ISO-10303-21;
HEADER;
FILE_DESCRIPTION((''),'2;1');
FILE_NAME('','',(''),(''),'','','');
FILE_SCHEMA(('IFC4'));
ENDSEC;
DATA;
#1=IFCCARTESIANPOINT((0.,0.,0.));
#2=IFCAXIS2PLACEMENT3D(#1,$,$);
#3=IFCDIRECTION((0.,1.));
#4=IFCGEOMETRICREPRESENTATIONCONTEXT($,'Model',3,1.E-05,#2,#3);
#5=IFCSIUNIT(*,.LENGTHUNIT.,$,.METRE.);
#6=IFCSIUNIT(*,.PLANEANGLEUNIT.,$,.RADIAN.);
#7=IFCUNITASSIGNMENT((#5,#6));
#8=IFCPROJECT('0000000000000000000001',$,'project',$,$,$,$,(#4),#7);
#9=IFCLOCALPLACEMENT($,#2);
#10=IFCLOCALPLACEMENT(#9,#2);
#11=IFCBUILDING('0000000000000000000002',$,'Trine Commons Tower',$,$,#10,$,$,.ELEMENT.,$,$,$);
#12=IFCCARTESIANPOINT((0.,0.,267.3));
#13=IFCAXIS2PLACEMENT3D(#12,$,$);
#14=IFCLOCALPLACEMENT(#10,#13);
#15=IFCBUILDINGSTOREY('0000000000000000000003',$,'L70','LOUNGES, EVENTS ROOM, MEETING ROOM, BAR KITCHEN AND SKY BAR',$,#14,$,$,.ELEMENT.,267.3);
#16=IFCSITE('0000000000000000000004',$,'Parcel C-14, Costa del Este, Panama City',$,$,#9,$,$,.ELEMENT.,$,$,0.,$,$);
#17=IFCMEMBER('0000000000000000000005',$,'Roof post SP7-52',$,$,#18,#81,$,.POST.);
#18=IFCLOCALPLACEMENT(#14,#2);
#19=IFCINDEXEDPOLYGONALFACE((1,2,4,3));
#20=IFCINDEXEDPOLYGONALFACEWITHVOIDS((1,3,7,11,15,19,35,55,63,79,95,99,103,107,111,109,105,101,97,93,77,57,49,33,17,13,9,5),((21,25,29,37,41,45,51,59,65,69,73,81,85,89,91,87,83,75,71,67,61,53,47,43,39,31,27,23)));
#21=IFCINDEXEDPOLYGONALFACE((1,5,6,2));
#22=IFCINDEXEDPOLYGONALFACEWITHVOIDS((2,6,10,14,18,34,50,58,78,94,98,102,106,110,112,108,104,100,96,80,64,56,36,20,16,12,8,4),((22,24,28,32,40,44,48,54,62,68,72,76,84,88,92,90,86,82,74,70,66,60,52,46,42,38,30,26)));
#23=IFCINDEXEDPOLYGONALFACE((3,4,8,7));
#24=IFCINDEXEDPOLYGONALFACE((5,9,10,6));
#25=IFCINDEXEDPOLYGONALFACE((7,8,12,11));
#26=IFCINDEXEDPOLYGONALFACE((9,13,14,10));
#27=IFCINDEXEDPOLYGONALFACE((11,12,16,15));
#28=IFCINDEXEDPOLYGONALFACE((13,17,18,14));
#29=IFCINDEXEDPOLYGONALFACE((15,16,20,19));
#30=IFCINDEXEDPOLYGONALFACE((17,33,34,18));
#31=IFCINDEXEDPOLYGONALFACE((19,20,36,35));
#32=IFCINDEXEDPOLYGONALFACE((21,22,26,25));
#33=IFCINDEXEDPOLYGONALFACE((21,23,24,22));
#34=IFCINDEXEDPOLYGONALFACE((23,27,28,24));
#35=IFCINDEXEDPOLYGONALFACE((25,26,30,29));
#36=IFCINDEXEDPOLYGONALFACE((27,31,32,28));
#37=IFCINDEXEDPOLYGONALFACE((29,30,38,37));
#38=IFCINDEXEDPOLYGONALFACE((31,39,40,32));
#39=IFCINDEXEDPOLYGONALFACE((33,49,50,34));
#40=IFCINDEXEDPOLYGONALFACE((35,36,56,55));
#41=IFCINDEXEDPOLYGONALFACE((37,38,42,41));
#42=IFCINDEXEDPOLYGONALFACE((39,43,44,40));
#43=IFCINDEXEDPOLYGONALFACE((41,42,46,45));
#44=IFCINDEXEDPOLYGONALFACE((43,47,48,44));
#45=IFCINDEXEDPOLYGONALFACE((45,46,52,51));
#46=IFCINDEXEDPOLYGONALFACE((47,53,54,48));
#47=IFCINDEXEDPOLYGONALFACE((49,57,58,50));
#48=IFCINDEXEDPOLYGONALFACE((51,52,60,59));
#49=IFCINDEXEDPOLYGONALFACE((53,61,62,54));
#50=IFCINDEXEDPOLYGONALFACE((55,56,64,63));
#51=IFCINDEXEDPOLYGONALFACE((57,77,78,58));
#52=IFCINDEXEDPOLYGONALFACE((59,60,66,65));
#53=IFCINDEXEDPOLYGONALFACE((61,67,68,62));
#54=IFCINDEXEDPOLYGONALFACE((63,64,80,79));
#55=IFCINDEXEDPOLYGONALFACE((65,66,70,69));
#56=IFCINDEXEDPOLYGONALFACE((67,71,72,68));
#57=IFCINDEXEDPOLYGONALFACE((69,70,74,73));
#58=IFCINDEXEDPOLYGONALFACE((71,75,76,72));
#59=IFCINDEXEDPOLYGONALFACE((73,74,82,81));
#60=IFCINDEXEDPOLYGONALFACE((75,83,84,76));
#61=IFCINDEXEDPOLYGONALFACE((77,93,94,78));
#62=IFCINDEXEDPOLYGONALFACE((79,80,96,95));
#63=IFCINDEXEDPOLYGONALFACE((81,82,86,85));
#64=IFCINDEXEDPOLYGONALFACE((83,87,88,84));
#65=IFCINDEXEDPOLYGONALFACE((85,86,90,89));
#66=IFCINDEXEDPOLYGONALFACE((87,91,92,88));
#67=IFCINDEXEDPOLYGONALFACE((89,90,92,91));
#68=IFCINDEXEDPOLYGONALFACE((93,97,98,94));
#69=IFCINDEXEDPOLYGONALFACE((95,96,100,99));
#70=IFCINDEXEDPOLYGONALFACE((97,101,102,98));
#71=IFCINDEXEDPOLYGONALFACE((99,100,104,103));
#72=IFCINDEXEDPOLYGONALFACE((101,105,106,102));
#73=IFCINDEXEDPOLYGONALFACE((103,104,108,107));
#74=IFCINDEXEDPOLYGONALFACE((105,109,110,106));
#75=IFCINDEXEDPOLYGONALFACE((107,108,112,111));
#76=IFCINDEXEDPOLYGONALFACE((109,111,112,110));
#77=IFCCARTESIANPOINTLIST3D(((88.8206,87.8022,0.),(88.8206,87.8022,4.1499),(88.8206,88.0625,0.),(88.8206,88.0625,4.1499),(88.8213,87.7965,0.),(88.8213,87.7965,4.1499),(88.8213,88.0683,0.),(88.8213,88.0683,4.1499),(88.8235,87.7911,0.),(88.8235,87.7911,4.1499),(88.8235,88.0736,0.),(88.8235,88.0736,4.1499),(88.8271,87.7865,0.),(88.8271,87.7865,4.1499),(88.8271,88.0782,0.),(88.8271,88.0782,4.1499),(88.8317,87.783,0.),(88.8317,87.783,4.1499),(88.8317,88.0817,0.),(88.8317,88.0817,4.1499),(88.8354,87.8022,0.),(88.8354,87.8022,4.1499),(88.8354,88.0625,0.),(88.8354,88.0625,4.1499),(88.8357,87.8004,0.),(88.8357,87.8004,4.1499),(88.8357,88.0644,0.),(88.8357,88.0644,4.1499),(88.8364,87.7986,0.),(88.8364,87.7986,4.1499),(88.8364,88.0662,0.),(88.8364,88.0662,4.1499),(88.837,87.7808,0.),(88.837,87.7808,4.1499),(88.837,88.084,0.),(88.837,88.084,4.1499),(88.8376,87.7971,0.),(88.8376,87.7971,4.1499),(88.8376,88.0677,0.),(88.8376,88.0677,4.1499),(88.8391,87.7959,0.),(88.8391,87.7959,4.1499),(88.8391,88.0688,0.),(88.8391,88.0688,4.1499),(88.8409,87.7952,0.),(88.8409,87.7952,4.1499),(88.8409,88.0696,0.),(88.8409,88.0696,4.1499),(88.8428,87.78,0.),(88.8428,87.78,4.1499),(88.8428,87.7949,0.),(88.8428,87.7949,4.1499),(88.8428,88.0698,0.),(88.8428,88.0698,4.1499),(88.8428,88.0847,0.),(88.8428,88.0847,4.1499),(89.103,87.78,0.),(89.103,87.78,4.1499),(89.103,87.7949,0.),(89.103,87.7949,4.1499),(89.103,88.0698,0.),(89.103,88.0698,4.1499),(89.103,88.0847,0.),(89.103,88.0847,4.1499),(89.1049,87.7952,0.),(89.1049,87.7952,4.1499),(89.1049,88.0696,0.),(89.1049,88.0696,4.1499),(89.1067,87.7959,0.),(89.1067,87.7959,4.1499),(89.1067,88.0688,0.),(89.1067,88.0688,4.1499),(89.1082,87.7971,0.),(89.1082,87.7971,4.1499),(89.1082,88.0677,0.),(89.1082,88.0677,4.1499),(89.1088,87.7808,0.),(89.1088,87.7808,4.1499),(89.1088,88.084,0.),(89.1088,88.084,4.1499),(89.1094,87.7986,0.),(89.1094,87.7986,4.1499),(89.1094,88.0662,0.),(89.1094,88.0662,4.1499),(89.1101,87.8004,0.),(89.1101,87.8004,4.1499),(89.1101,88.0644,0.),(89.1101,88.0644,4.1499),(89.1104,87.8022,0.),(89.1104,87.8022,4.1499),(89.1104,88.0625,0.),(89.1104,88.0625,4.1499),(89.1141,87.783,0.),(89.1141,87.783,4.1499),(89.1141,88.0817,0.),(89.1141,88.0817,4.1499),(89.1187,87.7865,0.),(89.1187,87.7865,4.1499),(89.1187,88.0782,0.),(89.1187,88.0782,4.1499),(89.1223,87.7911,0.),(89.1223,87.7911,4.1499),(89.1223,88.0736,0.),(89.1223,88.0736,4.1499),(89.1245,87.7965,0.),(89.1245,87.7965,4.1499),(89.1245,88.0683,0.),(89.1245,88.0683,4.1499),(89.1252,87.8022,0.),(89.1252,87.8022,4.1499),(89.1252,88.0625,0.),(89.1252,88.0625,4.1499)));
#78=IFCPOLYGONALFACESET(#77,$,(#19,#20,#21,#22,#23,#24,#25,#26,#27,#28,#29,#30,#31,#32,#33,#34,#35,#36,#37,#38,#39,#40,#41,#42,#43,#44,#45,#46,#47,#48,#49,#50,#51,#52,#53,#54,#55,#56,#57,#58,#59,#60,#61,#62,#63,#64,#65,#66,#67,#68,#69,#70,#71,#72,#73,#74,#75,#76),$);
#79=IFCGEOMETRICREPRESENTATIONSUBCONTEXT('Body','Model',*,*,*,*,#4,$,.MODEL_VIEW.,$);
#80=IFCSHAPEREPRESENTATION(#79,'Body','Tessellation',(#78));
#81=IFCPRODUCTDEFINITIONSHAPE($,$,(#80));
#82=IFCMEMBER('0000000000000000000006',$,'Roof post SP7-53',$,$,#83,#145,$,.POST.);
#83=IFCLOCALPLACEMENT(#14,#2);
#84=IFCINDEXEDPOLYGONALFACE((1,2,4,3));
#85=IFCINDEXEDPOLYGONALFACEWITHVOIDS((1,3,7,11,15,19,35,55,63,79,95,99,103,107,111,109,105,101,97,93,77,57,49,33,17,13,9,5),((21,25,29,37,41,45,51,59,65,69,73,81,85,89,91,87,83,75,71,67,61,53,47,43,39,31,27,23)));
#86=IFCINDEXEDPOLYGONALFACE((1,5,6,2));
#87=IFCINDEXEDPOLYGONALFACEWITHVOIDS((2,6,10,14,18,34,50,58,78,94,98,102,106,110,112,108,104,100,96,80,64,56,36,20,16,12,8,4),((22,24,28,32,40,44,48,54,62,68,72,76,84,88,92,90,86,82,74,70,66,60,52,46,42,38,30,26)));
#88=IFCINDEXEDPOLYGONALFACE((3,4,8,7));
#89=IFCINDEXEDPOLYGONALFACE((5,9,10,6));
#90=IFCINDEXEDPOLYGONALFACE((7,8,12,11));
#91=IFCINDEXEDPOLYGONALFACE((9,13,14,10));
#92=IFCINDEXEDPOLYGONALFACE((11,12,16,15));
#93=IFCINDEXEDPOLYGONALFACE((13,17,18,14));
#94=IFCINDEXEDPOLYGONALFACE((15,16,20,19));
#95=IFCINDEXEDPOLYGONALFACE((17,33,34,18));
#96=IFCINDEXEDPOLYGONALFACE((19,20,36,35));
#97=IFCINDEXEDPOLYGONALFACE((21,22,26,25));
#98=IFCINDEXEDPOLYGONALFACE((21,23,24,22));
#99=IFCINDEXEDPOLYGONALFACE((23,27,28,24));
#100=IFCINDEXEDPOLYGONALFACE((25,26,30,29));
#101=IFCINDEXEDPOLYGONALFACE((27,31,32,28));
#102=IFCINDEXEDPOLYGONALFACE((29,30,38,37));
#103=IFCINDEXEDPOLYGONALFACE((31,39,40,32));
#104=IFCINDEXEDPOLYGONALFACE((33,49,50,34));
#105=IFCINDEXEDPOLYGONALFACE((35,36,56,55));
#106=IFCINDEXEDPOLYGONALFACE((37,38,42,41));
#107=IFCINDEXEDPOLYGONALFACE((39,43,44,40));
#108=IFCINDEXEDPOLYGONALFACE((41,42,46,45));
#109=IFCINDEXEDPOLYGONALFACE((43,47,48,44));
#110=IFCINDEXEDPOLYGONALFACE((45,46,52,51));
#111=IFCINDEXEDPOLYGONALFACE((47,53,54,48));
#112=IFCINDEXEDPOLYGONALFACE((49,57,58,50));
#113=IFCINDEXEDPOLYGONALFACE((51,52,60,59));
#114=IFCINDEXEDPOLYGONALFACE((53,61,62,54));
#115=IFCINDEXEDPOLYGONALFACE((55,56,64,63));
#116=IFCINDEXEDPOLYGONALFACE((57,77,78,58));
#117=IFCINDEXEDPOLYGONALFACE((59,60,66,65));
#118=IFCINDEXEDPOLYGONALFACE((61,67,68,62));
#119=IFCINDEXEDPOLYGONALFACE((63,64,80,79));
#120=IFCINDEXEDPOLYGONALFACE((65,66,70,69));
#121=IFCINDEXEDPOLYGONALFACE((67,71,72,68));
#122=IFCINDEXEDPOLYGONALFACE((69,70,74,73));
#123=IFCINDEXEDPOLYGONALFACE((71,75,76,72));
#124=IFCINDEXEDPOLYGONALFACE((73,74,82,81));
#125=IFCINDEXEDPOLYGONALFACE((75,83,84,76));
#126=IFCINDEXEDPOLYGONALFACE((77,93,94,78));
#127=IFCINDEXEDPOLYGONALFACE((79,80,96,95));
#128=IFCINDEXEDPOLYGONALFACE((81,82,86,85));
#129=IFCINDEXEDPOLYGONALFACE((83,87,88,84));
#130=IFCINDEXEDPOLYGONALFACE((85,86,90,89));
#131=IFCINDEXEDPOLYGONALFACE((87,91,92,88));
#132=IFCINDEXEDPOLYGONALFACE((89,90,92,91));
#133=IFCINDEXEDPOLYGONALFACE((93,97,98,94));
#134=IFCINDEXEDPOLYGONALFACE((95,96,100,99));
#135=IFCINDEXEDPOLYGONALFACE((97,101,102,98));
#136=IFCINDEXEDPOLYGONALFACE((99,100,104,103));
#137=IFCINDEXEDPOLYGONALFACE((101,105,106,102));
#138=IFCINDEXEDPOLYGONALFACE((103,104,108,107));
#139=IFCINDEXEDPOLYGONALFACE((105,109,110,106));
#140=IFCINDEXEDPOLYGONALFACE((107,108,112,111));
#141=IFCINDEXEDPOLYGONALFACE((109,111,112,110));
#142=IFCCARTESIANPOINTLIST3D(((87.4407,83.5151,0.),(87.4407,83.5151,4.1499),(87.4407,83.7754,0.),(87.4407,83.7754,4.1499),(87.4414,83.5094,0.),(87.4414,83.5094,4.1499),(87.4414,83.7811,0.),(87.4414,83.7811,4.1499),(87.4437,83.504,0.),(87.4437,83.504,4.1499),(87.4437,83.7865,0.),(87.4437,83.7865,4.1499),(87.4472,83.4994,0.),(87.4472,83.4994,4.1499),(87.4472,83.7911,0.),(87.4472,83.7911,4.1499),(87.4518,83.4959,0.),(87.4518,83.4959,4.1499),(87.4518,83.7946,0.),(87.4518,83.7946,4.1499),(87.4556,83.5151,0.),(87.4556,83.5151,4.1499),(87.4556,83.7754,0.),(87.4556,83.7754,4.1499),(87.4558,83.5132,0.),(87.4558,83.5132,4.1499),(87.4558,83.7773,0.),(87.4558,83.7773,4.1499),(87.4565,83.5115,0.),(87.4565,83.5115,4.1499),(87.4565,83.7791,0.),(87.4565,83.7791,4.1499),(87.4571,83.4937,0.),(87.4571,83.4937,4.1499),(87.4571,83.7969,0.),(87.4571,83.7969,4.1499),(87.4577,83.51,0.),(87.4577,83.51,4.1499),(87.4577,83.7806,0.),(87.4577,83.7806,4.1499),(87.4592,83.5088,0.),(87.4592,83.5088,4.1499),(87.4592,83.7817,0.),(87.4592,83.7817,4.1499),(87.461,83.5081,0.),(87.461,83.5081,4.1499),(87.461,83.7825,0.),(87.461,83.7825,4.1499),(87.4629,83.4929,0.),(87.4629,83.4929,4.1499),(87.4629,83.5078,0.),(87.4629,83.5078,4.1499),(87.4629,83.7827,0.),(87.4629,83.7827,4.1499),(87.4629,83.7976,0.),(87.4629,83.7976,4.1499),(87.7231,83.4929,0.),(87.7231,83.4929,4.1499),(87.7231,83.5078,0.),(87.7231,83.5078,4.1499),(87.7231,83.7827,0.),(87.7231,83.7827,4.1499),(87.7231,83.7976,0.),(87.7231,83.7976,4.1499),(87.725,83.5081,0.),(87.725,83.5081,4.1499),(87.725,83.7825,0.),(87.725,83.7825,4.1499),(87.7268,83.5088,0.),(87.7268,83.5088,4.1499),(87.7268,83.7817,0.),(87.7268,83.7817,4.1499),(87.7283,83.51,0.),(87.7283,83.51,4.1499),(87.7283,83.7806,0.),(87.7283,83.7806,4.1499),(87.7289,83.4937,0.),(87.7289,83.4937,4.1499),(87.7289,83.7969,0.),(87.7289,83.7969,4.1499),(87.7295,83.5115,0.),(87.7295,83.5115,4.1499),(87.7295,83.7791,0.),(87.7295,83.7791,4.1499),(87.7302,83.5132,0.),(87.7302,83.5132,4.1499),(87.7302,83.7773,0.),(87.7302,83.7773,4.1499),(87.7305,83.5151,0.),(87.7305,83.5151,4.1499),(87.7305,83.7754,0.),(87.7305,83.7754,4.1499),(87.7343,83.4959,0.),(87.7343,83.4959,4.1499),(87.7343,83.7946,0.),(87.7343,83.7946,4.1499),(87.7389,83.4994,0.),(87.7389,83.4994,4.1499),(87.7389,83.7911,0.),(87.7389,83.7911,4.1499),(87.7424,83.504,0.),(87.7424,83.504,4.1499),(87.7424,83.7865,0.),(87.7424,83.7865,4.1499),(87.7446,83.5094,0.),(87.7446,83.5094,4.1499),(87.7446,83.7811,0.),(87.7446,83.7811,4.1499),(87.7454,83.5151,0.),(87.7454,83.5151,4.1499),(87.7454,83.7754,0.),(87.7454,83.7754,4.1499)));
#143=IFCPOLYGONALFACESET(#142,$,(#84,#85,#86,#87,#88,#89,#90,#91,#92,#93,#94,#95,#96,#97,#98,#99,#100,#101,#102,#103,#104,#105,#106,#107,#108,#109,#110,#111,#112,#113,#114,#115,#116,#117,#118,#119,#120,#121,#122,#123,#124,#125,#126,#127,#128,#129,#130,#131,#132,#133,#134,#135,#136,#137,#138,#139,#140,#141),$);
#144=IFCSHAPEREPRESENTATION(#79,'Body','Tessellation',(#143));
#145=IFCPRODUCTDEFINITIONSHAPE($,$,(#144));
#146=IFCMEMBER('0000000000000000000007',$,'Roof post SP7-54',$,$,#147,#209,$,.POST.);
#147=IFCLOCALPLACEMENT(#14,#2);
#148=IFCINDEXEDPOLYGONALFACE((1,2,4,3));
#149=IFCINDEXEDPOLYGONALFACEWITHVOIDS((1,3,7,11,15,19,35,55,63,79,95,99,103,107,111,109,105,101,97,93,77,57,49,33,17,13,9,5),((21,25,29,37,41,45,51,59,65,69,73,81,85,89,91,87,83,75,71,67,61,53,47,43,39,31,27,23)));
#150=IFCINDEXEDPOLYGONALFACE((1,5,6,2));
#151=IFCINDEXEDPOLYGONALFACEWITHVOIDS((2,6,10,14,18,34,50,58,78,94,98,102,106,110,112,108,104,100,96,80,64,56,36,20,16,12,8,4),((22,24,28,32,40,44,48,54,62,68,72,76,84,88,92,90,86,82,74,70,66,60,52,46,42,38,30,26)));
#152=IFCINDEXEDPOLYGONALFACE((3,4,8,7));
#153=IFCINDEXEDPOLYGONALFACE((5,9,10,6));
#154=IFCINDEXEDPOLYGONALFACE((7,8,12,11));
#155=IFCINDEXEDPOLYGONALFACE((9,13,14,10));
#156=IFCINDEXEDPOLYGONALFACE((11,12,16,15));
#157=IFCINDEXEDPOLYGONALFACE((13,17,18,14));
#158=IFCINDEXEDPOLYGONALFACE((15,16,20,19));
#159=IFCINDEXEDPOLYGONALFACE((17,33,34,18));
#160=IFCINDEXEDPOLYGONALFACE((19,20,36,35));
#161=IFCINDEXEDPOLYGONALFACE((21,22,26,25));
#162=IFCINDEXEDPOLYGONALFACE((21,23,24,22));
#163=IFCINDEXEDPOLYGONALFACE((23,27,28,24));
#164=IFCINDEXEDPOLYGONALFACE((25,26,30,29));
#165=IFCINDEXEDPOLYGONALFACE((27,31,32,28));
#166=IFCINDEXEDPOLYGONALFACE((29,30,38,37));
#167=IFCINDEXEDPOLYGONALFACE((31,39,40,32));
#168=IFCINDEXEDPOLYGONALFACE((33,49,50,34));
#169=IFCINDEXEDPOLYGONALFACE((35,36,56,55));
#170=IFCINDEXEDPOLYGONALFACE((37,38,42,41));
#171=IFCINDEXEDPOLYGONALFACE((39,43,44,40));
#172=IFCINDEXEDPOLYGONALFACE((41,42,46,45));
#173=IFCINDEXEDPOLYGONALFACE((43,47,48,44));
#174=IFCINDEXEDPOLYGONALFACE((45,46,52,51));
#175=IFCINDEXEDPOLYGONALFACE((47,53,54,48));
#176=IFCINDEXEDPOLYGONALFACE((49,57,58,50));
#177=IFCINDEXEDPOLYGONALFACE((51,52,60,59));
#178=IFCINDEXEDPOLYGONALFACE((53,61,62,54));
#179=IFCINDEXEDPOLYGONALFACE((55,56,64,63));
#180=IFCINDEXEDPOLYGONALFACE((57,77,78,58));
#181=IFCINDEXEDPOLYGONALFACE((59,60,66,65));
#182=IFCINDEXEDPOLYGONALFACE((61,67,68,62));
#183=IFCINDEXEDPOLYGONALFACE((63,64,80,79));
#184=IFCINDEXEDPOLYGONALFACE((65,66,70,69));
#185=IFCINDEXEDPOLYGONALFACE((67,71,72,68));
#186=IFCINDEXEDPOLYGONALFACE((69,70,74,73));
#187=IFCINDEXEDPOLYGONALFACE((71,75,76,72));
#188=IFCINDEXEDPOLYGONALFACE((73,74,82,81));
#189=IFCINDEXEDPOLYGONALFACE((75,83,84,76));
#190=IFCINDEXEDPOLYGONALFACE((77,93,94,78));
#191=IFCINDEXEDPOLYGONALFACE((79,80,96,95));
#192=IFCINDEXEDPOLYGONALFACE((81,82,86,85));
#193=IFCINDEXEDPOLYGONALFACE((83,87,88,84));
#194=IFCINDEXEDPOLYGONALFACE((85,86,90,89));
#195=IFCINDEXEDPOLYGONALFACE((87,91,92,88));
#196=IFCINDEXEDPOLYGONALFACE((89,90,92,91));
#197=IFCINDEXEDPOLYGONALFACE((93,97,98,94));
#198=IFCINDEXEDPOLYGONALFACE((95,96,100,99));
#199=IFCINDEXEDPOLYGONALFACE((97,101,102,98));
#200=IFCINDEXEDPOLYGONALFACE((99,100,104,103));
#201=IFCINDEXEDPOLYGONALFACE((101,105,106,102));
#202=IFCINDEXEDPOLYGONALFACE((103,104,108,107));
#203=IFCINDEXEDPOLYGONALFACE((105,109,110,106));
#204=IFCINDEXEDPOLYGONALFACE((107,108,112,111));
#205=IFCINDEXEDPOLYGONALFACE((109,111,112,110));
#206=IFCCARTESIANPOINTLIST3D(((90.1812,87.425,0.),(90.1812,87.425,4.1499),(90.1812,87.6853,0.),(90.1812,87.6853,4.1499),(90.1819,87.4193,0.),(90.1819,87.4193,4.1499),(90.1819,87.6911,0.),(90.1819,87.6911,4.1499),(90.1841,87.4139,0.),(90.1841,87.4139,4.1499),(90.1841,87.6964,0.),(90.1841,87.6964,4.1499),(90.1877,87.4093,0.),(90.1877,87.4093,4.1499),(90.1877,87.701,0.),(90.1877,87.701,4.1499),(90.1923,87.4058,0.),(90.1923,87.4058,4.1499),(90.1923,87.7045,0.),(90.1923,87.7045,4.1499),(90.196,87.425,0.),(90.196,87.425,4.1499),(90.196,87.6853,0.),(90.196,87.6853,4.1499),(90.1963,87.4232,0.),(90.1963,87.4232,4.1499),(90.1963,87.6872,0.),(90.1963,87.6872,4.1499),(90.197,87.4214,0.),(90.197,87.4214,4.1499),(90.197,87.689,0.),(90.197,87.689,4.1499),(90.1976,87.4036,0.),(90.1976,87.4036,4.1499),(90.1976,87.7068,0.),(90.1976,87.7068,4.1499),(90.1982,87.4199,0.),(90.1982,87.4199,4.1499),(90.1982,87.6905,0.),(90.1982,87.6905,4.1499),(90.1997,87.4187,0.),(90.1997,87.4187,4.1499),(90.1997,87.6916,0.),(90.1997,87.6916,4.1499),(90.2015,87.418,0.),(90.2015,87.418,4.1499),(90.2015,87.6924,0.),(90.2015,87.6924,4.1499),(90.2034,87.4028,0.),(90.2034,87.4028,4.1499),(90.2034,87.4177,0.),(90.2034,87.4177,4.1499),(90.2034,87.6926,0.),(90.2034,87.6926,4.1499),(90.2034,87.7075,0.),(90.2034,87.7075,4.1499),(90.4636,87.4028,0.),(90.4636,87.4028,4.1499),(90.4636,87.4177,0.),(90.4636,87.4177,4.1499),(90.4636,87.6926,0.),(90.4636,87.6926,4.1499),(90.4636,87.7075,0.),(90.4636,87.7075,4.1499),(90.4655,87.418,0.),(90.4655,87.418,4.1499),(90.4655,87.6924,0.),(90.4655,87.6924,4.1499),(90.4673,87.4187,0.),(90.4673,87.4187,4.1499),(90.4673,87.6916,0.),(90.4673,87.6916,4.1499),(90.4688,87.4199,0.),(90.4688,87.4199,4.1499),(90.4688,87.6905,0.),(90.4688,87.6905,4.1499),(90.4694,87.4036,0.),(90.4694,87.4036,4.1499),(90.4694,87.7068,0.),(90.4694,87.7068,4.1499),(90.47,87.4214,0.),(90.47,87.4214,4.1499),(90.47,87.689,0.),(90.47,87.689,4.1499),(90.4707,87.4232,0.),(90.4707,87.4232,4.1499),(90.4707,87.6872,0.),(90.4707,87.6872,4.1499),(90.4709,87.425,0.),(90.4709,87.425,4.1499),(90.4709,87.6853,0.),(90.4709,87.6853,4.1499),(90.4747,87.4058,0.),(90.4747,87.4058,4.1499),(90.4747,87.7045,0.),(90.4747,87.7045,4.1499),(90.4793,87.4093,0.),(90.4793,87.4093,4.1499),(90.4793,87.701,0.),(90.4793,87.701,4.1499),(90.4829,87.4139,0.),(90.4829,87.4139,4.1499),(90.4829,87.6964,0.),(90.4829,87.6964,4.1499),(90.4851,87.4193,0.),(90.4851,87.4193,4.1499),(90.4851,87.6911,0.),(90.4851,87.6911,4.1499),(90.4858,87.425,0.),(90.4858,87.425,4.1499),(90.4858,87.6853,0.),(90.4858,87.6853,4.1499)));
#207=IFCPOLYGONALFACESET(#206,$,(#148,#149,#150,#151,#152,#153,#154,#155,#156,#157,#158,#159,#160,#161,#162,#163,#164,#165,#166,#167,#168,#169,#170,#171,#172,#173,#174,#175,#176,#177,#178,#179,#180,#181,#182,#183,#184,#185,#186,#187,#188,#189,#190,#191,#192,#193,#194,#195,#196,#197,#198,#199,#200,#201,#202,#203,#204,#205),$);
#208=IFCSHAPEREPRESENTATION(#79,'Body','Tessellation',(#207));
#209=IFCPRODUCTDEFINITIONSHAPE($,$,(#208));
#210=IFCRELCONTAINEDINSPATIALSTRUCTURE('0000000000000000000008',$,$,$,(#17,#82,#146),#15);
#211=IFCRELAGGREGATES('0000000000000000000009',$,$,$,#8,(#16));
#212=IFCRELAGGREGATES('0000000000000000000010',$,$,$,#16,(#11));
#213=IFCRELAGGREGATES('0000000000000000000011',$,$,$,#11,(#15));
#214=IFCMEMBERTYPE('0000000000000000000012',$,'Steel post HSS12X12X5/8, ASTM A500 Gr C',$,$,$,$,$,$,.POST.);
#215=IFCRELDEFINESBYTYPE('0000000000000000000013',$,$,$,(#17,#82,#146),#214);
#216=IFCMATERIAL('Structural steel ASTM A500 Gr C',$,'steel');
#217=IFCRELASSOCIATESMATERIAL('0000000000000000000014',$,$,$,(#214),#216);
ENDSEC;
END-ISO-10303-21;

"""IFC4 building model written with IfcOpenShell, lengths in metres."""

from ifc_helpers import new_model, si_unit, direction, frame, origin, origin_2d, place, context, subcontext, project, spatial, hollow_rectangle, extrude, material, material_profile, profile_set, type_object, element, save


model = new_model("IFC4")

# Units and contexts
model_context = context("Model", 3, precision=1e-05, world=origin(), true_north=direction((0.0, 1.0)))
body_context = subcontext(model_context, "Body", "Model", "MODEL_VIEW")
ifc_project = project(units=[si_unit("LENGTHUNIT", "METRE"), si_unit("PLANEANGLEUNIT", "RADIAN")], contexts=[model_context])

# Site, building, storey
site_placement = place(None, origin())
site = spatial("IfcSite", under=ifc_project, at=site_placement, Name="Parcel C-14, Costa del Este, Panama City", CompositionType="ELEMENT", RefElevation=0.0)
building_placement = place(site_placement, origin())
building = spatial("IfcBuilding", under=site, at=building_placement, Name="Trine Commons Tower", CompositionType="ELEMENT")
storey_placement = place(building_placement, frame((0.0, 0.0, 267.3)))
storey = spatial("IfcBuildingStorey", under=building, at=storey_placement, Name="L70", Description="LOUNGES, EVENTS ROOM, MEETING ROOM, BAR KITCHEN AND SKY BAR", CompositionType="ELEMENT", Elevation=267.3)

# Members
ifc_material_1 = material(Name="Structural steel ASTM A500 Gr C", Category="steel")
ifc_material_profile_1 = material_profile(ifc_material_1, hollow_rectangle(XDim=0.3047, YDim=0.3047, WallThickness=0.0149, InnerFilletRadius=0.0073, OuterFilletRadius=0.0222, at=origin_2d()), Name="HSS12X12X5/8")
ifc_profile_set_1 = profile_set([ifc_material_profile_1], Name="Structural steel ASTM A500 Gr C")
member_type_1 = type_object("IfcMemberType", Name="Steel post HSS12X12X5/8, ASTM A500 Gr C", PredefinedType="POST", material=ifc_profile_set_1)
for number, where, z_axis, x_axis, name in (
    (1, (88.9729, 87.9324, 0.0), (0.0, 0.0, 1.0), (1.0, 0.0, 0.0), "Roof post SP7-52"),
    (2, (87.593, 83.6453, 0.0), (0.0, 0.0, 1.0), (1.0, 0.0, 0.0), "Roof post SP7-53"),
    (3, (90.3335, 87.5552, 0.0), (0.0, 0.0, 1.0), (1.0, 0.0, 0.0), "Roof post SP7-54"),
):
    element("IfcMember", number, at=place(storey_placement, frame(where, z_axis=z_axis, x_axis=x_axis)), inside=storey, type_object=member_type_1, Name=name, PredefinedType="POST", context=body_context, shape_type="SweptSolid", body=[
        extrude(hollow_rectangle(XDim=0.3047, YDim=0.3047, WallThickness=0.0149, InnerFilletRadius=0.0073, OuterFilletRadius=0.0222, at=origin_2d()), origin(), (0.0, 0.0, 1.0), 4.1499),
    ])

save(model, "model.ifc")
